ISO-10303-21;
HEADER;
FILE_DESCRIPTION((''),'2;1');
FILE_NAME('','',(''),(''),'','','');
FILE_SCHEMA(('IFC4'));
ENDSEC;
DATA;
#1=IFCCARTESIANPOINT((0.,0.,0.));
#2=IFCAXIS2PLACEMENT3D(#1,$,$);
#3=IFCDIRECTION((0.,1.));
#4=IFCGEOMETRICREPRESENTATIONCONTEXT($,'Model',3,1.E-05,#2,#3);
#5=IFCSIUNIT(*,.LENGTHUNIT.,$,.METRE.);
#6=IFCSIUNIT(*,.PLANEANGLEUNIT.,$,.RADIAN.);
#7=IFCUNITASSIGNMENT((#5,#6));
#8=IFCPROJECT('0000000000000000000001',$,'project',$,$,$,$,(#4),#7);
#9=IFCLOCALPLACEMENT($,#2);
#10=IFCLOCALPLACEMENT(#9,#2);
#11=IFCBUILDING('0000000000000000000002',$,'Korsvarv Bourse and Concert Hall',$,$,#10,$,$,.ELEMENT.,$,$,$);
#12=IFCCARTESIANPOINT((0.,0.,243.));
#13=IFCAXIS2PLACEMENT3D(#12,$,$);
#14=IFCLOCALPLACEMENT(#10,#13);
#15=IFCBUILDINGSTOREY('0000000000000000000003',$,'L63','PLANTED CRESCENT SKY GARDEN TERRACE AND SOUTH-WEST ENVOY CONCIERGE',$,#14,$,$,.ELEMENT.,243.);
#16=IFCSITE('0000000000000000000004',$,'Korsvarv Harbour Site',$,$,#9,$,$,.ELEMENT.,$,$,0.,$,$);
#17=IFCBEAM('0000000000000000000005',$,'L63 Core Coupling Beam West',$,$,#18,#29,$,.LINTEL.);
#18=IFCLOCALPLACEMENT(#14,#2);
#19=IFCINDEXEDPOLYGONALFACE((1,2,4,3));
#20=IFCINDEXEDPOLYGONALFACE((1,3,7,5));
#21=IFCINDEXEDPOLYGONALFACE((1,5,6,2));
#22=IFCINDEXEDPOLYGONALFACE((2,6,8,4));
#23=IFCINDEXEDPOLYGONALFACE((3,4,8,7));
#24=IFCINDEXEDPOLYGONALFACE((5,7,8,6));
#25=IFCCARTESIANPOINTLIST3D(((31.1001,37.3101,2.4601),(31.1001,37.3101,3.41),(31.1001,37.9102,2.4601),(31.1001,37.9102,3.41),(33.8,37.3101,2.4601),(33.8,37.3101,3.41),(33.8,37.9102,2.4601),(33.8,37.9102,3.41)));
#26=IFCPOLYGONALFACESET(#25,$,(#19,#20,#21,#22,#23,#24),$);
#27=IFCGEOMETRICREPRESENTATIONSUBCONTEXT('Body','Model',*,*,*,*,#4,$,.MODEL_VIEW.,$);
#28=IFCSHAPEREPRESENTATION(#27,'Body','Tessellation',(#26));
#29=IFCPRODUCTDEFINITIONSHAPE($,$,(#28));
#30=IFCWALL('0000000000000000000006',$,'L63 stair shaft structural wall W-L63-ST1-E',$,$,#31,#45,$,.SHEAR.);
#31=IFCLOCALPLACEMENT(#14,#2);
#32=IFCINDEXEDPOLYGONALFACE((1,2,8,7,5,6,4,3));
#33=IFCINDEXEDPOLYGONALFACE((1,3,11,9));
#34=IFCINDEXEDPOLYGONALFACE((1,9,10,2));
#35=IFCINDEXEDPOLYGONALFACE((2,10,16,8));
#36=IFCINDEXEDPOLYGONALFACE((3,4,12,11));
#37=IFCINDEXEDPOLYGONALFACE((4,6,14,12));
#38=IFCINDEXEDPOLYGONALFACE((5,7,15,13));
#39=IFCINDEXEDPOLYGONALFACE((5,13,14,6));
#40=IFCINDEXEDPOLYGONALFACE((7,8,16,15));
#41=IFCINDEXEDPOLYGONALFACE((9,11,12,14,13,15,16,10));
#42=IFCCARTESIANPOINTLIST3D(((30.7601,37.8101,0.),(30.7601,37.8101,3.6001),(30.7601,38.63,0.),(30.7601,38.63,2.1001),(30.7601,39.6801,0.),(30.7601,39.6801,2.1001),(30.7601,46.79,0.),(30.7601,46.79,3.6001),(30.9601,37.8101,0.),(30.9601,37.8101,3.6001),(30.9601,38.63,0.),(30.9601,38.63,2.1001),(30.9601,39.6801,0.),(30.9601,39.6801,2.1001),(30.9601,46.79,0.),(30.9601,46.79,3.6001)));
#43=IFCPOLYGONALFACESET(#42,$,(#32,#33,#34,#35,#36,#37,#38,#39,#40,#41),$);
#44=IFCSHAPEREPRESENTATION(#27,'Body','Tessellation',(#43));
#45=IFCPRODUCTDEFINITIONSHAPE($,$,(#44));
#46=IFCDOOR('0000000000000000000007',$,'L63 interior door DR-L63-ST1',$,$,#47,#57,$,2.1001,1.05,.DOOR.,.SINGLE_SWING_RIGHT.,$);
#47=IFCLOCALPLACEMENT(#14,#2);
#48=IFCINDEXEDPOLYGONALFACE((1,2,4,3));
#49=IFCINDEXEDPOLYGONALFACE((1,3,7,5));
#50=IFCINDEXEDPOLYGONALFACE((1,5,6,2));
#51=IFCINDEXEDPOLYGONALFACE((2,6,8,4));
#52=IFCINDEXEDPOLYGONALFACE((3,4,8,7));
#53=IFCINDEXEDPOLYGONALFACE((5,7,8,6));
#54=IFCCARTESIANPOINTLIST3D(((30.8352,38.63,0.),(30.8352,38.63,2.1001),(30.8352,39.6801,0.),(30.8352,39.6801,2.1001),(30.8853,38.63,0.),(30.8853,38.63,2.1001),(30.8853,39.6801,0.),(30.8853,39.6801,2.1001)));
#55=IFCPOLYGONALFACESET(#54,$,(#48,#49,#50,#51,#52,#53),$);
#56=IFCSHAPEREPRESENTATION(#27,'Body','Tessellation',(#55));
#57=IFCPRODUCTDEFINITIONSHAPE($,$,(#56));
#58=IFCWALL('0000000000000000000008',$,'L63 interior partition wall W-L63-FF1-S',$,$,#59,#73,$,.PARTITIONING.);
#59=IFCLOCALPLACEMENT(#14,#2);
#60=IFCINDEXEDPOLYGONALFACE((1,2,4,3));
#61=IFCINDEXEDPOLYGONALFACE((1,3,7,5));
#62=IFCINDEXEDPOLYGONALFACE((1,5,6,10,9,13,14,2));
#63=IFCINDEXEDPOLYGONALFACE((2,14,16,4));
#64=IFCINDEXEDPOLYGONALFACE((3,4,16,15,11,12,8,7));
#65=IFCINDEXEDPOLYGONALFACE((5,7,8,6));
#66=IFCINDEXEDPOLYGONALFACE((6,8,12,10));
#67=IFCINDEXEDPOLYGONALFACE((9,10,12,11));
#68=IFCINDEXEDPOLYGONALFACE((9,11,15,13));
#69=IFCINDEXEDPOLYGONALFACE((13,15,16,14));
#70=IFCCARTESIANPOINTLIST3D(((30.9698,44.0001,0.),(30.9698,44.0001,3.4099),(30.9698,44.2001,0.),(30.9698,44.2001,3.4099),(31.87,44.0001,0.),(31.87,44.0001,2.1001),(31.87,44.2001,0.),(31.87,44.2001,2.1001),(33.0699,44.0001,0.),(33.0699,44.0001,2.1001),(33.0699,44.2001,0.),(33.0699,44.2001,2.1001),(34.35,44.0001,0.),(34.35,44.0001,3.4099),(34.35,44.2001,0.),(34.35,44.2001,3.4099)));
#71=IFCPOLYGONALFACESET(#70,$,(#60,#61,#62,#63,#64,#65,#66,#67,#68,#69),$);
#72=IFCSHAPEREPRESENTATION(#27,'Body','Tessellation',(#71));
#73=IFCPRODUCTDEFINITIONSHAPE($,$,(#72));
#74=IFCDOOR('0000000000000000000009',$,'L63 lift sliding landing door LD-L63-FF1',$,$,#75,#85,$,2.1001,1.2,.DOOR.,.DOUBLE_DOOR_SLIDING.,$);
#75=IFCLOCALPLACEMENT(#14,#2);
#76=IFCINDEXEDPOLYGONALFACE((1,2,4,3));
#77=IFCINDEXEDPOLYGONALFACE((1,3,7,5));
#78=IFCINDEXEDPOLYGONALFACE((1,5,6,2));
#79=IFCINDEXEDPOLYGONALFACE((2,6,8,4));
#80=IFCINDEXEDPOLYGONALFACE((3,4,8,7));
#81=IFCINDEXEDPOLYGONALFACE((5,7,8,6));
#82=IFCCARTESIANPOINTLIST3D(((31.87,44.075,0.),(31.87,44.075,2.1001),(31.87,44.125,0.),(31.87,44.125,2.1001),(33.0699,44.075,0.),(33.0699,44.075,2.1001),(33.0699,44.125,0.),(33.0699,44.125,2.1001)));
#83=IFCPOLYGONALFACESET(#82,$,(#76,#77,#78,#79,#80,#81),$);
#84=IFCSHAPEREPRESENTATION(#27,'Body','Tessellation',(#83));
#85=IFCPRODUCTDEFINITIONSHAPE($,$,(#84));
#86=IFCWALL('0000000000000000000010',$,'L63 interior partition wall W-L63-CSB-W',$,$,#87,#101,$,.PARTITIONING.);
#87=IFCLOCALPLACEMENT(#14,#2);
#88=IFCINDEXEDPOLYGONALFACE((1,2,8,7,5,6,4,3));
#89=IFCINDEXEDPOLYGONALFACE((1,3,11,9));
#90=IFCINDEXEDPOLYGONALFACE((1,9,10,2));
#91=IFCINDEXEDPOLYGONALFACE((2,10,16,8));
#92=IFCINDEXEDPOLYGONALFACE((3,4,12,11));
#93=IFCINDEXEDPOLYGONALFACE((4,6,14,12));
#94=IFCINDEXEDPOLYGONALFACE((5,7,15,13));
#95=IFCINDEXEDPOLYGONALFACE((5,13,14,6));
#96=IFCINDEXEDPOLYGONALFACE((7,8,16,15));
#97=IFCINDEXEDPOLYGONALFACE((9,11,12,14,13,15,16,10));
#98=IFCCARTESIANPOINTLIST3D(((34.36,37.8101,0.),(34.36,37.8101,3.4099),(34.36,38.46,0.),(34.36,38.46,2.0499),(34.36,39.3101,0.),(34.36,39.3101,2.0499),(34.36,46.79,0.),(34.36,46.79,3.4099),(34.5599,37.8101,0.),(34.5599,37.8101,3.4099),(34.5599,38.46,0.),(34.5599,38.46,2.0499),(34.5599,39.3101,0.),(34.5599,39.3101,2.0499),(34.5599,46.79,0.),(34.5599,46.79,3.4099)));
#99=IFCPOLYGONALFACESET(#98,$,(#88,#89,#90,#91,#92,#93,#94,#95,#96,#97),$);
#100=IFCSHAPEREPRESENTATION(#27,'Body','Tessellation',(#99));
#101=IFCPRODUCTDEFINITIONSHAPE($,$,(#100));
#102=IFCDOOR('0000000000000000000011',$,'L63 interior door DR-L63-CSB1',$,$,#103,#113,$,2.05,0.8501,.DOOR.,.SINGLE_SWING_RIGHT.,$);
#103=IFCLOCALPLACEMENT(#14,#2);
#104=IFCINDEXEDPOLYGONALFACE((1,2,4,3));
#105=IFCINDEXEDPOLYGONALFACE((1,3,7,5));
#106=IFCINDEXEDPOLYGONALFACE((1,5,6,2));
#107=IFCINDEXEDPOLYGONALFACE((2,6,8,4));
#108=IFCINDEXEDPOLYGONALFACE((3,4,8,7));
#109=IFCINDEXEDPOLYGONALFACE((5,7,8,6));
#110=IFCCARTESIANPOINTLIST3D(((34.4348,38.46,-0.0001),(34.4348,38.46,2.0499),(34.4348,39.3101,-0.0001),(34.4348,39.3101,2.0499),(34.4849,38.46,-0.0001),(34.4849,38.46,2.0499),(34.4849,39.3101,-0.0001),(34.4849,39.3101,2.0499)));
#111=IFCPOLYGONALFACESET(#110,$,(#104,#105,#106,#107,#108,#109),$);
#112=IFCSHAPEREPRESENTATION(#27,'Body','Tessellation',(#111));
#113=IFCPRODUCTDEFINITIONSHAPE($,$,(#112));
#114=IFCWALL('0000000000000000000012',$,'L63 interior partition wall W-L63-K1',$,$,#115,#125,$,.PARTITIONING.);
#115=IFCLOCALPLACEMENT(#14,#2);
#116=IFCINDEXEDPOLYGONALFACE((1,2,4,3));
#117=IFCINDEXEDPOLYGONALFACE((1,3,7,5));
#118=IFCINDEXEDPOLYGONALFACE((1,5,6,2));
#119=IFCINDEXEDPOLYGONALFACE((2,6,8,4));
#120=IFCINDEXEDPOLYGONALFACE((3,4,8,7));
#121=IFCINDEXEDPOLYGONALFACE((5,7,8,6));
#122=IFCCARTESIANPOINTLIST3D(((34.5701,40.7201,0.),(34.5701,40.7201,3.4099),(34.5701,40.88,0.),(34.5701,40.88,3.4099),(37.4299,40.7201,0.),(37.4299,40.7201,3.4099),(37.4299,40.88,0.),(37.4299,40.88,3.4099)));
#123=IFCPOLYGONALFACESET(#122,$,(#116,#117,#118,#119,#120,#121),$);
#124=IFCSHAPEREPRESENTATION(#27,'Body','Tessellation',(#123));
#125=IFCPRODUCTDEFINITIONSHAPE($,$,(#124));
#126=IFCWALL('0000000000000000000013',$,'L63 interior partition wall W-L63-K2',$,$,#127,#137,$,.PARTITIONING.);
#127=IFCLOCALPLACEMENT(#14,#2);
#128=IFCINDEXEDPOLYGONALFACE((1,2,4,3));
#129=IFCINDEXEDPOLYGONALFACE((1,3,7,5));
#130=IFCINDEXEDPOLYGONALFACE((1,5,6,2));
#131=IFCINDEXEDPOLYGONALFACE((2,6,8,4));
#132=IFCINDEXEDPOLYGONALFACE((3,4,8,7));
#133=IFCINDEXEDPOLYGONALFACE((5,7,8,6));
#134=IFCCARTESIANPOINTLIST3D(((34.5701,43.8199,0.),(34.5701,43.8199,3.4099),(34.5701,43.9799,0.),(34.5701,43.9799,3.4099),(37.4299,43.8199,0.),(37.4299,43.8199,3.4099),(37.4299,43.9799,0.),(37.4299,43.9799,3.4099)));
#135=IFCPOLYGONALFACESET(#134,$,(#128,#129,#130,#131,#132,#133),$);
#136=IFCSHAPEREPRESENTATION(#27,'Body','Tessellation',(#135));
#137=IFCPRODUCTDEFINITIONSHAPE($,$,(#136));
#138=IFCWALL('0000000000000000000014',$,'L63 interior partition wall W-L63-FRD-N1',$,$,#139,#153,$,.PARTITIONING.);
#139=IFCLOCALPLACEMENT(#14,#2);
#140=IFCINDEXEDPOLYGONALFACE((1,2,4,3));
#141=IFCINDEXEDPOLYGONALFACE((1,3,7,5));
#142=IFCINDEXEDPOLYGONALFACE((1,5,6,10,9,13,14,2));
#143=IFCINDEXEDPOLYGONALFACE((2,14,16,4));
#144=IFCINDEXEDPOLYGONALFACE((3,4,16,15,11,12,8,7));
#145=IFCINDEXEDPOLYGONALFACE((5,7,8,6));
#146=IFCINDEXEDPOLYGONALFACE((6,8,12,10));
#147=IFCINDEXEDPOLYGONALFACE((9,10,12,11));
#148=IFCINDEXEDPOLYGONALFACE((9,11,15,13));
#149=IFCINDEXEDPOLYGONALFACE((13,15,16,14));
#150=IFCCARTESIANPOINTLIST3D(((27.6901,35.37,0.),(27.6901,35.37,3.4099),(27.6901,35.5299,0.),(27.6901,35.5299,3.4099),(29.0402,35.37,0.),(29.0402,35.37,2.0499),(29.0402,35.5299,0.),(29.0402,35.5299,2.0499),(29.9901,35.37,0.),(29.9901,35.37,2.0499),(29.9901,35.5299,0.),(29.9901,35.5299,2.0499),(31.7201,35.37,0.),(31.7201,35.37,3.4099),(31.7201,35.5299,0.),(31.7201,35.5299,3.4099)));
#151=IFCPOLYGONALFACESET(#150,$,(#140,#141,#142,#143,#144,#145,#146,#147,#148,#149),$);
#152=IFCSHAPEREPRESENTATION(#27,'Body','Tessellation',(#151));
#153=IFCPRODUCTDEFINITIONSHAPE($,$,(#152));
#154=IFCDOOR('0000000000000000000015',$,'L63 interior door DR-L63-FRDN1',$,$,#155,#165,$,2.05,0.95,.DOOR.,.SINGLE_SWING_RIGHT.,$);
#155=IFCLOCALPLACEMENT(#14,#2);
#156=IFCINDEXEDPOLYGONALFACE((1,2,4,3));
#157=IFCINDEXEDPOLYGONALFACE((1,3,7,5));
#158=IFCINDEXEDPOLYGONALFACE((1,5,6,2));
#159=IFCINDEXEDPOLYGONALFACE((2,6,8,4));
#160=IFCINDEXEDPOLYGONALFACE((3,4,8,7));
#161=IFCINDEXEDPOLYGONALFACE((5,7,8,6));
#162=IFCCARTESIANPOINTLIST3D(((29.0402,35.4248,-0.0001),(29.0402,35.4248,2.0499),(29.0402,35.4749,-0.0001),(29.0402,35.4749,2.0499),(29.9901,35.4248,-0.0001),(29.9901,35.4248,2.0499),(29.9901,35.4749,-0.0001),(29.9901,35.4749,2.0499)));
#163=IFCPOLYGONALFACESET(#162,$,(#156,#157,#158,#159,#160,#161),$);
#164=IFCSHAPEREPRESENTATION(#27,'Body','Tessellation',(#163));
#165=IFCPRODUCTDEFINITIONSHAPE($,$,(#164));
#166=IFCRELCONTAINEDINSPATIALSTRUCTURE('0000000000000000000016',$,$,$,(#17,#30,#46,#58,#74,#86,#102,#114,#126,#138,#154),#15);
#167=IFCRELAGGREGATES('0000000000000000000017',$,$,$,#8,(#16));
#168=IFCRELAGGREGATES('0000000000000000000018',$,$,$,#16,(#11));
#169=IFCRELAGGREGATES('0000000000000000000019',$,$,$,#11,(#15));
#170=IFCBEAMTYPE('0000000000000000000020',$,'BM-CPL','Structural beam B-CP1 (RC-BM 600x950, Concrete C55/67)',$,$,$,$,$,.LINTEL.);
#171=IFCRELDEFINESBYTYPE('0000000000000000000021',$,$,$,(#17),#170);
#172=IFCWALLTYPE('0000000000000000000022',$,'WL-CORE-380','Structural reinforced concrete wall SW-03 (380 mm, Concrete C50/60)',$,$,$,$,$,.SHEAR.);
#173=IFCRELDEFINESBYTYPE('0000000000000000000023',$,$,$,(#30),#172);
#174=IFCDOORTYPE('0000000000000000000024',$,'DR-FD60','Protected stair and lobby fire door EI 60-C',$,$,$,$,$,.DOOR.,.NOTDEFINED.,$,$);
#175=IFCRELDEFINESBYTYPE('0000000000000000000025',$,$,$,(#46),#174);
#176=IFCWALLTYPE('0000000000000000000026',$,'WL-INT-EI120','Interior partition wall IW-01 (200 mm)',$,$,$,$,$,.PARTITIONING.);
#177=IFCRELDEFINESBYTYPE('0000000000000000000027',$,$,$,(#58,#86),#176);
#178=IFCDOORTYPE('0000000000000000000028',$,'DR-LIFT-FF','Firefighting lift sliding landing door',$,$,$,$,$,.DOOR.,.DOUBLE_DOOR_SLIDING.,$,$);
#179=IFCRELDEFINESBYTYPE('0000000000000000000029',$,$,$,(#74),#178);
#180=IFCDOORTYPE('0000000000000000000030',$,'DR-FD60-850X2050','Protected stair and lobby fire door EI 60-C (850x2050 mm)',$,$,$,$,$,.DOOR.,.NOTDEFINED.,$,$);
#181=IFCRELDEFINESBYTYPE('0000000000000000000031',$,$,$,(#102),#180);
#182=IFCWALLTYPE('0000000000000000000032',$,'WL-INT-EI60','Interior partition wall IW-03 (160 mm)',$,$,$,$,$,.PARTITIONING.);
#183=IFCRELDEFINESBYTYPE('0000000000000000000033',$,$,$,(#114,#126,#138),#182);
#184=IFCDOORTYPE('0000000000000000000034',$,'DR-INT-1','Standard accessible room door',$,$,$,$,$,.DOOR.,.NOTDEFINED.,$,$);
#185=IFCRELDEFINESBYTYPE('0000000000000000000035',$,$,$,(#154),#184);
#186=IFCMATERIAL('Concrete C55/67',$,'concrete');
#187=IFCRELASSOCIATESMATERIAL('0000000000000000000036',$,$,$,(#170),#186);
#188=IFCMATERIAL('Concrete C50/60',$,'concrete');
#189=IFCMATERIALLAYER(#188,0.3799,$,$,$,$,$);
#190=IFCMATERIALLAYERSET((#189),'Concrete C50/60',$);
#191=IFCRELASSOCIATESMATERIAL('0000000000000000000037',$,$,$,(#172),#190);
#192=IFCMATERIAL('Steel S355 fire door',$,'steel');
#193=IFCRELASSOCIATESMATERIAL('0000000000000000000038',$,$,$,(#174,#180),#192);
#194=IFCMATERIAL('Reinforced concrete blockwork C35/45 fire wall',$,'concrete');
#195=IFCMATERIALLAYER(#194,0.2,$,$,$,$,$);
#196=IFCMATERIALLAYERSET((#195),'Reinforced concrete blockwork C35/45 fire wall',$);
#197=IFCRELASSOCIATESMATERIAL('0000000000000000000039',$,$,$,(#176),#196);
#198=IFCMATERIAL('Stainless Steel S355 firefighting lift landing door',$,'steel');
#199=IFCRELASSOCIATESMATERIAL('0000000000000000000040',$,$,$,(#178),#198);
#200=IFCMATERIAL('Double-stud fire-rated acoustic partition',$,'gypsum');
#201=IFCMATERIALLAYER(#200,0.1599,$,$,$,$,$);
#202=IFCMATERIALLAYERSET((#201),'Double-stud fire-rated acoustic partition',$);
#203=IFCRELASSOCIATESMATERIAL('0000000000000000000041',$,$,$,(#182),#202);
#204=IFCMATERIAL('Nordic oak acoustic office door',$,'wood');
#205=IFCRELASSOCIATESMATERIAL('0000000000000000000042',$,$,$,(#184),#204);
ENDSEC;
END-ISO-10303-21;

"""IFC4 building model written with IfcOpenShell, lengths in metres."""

from ifc_helpers import new_model, si_unit, direction, frame, frame_2d, origin, origin_2d, place, context, subcontext, project, spatial, rectangle, extrude, source, transform, mapped, material, layer, layer_set, material_profile, profile_set, type_object, element, fill, save


model = new_model("IFC4")

# Units and contexts
model_context = context("Model", 3, precision=1e-05, world=origin(), true_north=direction((0.0, 1.0)))
body_context = subcontext(model_context, "Body", "Model", "MODEL_VIEW")
ifc_project = project(units=[si_unit("LENGTHUNIT", "METRE"), si_unit("PLANEANGLEUNIT", "RADIAN")], contexts=[model_context])

# Site, building, storey
site_placement = place(None, origin())
site = spatial("IfcSite", under=ifc_project, at=site_placement, Name="Korsvarv Harbour Site", CompositionType="ELEMENT", RefElevation=0.0)
building_placement = place(site_placement, origin())
building = spatial("IfcBuilding", under=site, at=building_placement, Name="Korsvarv Bourse and Concert Hall", CompositionType="ELEMENT")
storey_placement = place(building_placement, frame((0.0, 0.0, 243.0)))
storey = spatial("IfcBuildingStorey", under=building, at=storey_placement, Name="L63", Description="PLANTED CRESCENT SKY GARDEN TERRACE AND SOUTH-WEST ENVOY CONCIERGE", CompositionType="ELEMENT", Elevation=243.0)

# Beam
ifc_material_1 = material(Name="Concrete C55/67", Category="concrete")
ifc_material_profile = material_profile(ifc_material_1, rectangle(XDim=0.6001, YDim=0.95, at=origin_2d()), Name="RC-BM 600x950")
ifc_profile_set = profile_set([ifc_material_profile], Name="Concrete C55/67")
beam_type = type_object("IfcBeamType", Name="BM-CPL", Description="Structural beam B-CP1 (RC-BM 600x950, Concrete C55/67)", PredefinedType="LINTEL", material=ifc_profile_set)
shared_shape = source(origin(), body_context, "Body", "SweptSolid", [
    extrude(rectangle(XDim=0.6001, YDim=0.95, at=origin_2d()), origin(), (0.0, 0.0, 1.0), 2.7),
])
beam_placement = place(storey_placement, frame((31.1001, 37.6101, 2.9351), z_axis=(1.0, 0.0, 0.0), x_axis=(0.0, 1.0, 0.0)))
element("IfcBeam", 1, at=beam_placement, inside=storey, type_object=beam_type, Name="L63 Core Coupling Beam West", PredefinedType="LINTEL", context=body_context, shape_type="MappedRepresentation", body=[
    mapped(shared_shape, transform((0.0, 0.0, 0.0), scale=1.0)),
])

# Walls, openings, doors
ifc_material_2 = material(Name="Concrete C50/60", Category="concrete")
ifc_layer_1 = layer(ifc_material_2, 0.3799)
ifc_layer_set_1 = layer_set([ifc_layer_1], Name="Concrete C50/60")
wall_type_1 = type_object("IfcWallType", Name="WL-CORE-380", Description="Structural reinforced concrete wall SW-03 (380 mm, Concrete C50/60)", PredefinedType="SHEAR", material=ifc_layer_set_1)
wall_1_placement = place(storey_placement, frame((30.8601, 37.8101, 0.0), z_axis=(0.0, 0.0, 1.0), x_axis=(0.0, 1.0, 0.0)))
wall_1 = element("IfcWall", 2, at=wall_1_placement, inside=storey, type_object=wall_type_1, Name="L63 stair shaft structural wall W-L63-ST1-E", PredefinedType="SHEAR", context=body_context, shape_type="SweptSolid", body=[
    extrude(rectangle(XDim=8.98, YDim=0.2, at=frame_2d((4.49, 0.0))), origin(), (0.0, 0.0, 1.0), 3.6001),
])
opening_1_placement = place(wall_1_placement, frame((0.8201, 0.0, 0.0)))
opening_1 = element("IfcOpeningElement", 3, at=opening_1_placement, cuts=wall_1, PredefinedType="OPENING", context=body_context, shape_type="SweptSolid", body=[
    extrude(rectangle(XDim=1.05, YDim=2.1001, at=frame_2d((0.5249, 1.05))), frame((0.0, 0.1099, 0.0), z_axis=(0.0, -1.0, 0.0), x_axis=(1.0, 0.0, 0.0)), (0.0, 0.0, 1.0), 0.22),
])
ifc_material_3 = material(Name="Steel S355 fire door", Category="steel")
door_type_1 = type_object("IfcDoorType", Name="DR-FD60", Description="Protected stair and lobby fire door EI 60-C", OperationType="NOTDEFINED", PredefinedType="DOOR", material=ifc_material_3)
door_1_placement = place(opening_1_placement, origin())
door_1 = element("IfcDoor", 4, at=door_1_placement, inside=storey, type_object=door_type_1, Name="L63 interior door DR-L63-ST1", OperationType="SINGLE_SWING_RIGHT", OverallHeight=2.1001, OverallWidth=1.05, PredefinedType="DOOR", context=body_context, shape_type="SweptSolid", body=[
    extrude(rectangle(XDim=1.05, YDim=2.1001, at=frame_2d((0.5249, 1.05))), frame((0.0, 0.0249, 0.0), z_axis=(0.0, -1.0, 0.0), x_axis=(1.0, 0.0, 0.0)), (0.0, 0.0, 1.0), 0.05),
])
fill(opening_1, door_1)
ifc_material_4 = material(Name="Reinforced concrete blockwork C35/45 fire wall", Category="concrete")
ifc_layer_2 = layer(ifc_material_4, 0.2)
ifc_layer_set_2 = layer_set([ifc_layer_2], Name="Reinforced concrete blockwork C35/45 fire wall")
wall_type_2 = type_object("IfcWallType", Name="WL-INT-EI120", Description="Interior partition wall IW-01 (200 mm)", PredefinedType="PARTITIONING", material=ifc_layer_set_2)
wall_2_placement = place(storey_placement, frame((30.97, 44.1001, 0.0), z_axis=(0.0, 0.0, 1.0), x_axis=(1.0, 0.0, 0.0)))
wall_2 = element("IfcWall", 5, at=wall_2_placement, inside=storey, type_object=wall_type_2, Name="L63 interior partition wall W-L63-FF1-S", PredefinedType="PARTITIONING", context=body_context, shape_type="SweptSolid", body=[
    extrude(rectangle(XDim=3.3801, YDim=0.2, at=frame_2d((1.6899, 0.0))), origin(), (0.0, 0.0, 1.0), 3.4099),
])
opening_2_placement = place(wall_2_placement, frame((0.8999, 0.0, 0.0)))
opening_2 = element("IfcOpeningElement", 6, at=opening_2_placement, cuts=wall_2, PredefinedType="OPENING", context=body_context, shape_type="SweptSolid", body=[
    extrude(rectangle(XDim=1.2, YDim=2.1001, at=frame_2d((0.6001, 1.05))), frame((0.0, 0.1099, 0.0), z_axis=(0.0, -1.0, 0.0), x_axis=(1.0, 0.0, 0.0)), (0.0, 0.0, 1.0), 0.22),
])
ifc_material_5 = material(Name="Stainless Steel S355 firefighting lift landing door", Category="steel")
door_type_2 = type_object("IfcDoorType", Name="DR-LIFT-FF", Description="Firefighting lift sliding landing door", OperationType="DOUBLE_DOOR_SLIDING", PredefinedType="DOOR", material=ifc_material_5)
door_2_placement = place(opening_2_placement, origin())
door_2 = element("IfcDoor", 7, at=door_2_placement, inside=storey, type_object=door_type_2, Name="L63 lift sliding landing door LD-L63-FF1", OperationType="DOUBLE_DOOR_SLIDING", OverallHeight=2.1001, OverallWidth=1.2, PredefinedType="DOOR", context=body_context, shape_type="SweptSolid", body=[
    extrude(rectangle(XDim=1.2, YDim=2.1001, at=frame_2d((0.6001, 1.05))), frame((0.0, 0.0249, 0.0), z_axis=(0.0, -1.0, 0.0), x_axis=(1.0, 0.0, 0.0)), (0.0, 0.0, 1.0), 0.05),
])
fill(opening_2, door_2)
wall_3_placement = place(storey_placement, frame((34.46, 37.8101, 0.0), z_axis=(0.0, 0.0, 1.0), x_axis=(0.0, 1.0, 0.0)))
wall_3 = element("IfcWall", 8, at=wall_3_placement, inside=storey, type_object=wall_type_2, Name="L63 interior partition wall W-L63-CSB-W", PredefinedType="PARTITIONING", context=body_context, shape_type="SweptSolid", body=[
    extrude(rectangle(XDim=8.98, YDim=0.2, at=frame_2d((4.49, 0.0))), origin(), (0.0, 0.0, 1.0), 3.4099),
])
opening_3_placement = place(wall_3_placement, frame((0.6499, 0.0, 0.0)))
opening_3 = element("IfcOpeningElement", 9, at=opening_3_placement, cuts=wall_3, PredefinedType="OPENING", context=body_context, shape_type="SweptSolid", body=[
    extrude(rectangle(XDim=0.8501, YDim=2.05, at=frame_2d((0.425, 1.0249))), frame((0.0, 0.1099, 0.0), z_axis=(0.0, -1.0, 0.0), x_axis=(1.0, 0.0, 0.0)), (0.0, 0.0, 1.0), 0.22),
])
door_type_3 = type_object("IfcDoorType", Name="DR-FD60-850X2050", Description="Protected stair and lobby fire door EI 60-C (850x2050 mm)", OperationType="NOTDEFINED", PredefinedType="DOOR", material=ifc_material_3)
door_3_placement = place(opening_3_placement, frame((0.8501, 0.0, 0.0), z_axis=(0.0, 0.0, 1.0), x_axis=(-1.0, 0.0, 0.0)))
door_3 = element("IfcDoor", 10, at=door_3_placement, inside=storey, type_object=door_type_3, Name="L63 interior door DR-L63-CSB1", OperationType="SINGLE_SWING_RIGHT", OverallHeight=2.05, OverallWidth=0.8501, PredefinedType="DOOR", context=body_context, shape_type="SweptSolid", body=[
    extrude(rectangle(XDim=0.8501, YDim=2.05, at=frame_2d((0.425, 1.0249))), frame((0.0, 0.0249, 0.0), z_axis=(0.0, -1.0, 0.0), x_axis=(1.0, 0.0, 0.0)), (0.0, 0.0, 1.0), 0.05),
])
fill(opening_3, door_3)

# Walls
ifc_material_6 = material(Name="Double-stud fire-rated acoustic partition", Category="gypsum")
ifc_layer_3 = layer(ifc_material_6, 0.1599)
ifc_layer_set_3 = layer_set([ifc_layer_3], Name="Double-stud fire-rated acoustic partition")
wall_type_3 = type_object("IfcWallType", Name="WL-INT-EI60", Description="Interior partition wall IW-03 (160 mm)", PredefinedType="PARTITIONING", material=ifc_layer_set_3)
for number, where, z_axis, x_axis, name in (
    (11, (34.5701, 40.8, 0.0), (0.0, 0.0, 1.0), (1.0, 0.0, 0.0), "L63 interior partition wall W-L63-K1"),
    (12, (34.5701, 43.8999, 0.0), (0.0, 0.0, 1.0), (1.0, 0.0, 0.0), "L63 interior partition wall W-L63-K2"),
):
    element("IfcWall", number, at=place(storey_placement, frame(where, z_axis=z_axis, x_axis=x_axis)), inside=storey, type_object=wall_type_3, Name=name, PredefinedType="PARTITIONING", context=body_context, shape_type="SweptSolid", body=[
        extrude(rectangle(XDim=2.8599, YDim=0.1599, at=frame_2d((1.4299, 0.0))), origin(), (0.0, 0.0, 1.0), 3.4099),
    ])

# Wall, opening, door
wall_4_placement = place(storey_placement, frame((27.6899, 35.45, 0.0), z_axis=(0.0, 0.0, 1.0), x_axis=(1.0, 0.0, 0.0)))
wall_4 = element("IfcWall", 13, at=wall_4_placement, inside=storey, type_object=wall_type_3, Name="L63 interior partition wall W-L63-FRD-N1", PredefinedType="PARTITIONING", context=body_context, shape_type="SweptSolid", body=[
    extrude(rectangle(XDim=4.03, YDim=0.1599, at=frame_2d((2.0151, 0.0))), origin(), (0.0, 0.0, 1.0), 3.4099),
])
opening_4_placement = place(wall_4_placement, frame((1.3501, 0.0, 0.0)))
opening_4 = element("IfcOpeningElement", 14, at=opening_4_placement, cuts=wall_4, PredefinedType="OPENING", context=body_context, shape_type="SweptSolid", body=[
    extrude(rectangle(XDim=0.95, YDim=2.05, at=frame_2d((0.4751, 1.0249))), frame((0.0, 0.0898, 0.0), z_axis=(0.0, -1.0, 0.0), x_axis=(1.0, 0.0, 0.0)), (0.0, 0.0, 1.0), 0.1799),
])
ifc_material_7 = material(Name="Nordic oak acoustic office door", Category="wood")
door_type_4 = type_object("IfcDoorType", Name="DR-INT-1", Description="Standard accessible room door", OperationType="NOTDEFINED", PredefinedType="DOOR", material=ifc_material_7)
door_4_placement = place(opening_4_placement, origin())
door_4 = element("IfcDoor", 15, at=door_4_placement, inside=storey, type_object=door_type_4, Name="L63 interior door DR-L63-FRDN1", OperationType="SINGLE_SWING_RIGHT", OverallHeight=2.05, OverallWidth=0.95, PredefinedType="DOOR", context=body_context, shape_type="SweptSolid", body=[
    extrude(rectangle(XDim=0.95, YDim=2.05, at=frame_2d((0.4751, 1.0249))), frame((0.0, 0.0249, 0.0), z_axis=(0.0, -1.0, 0.0), x_axis=(1.0, 0.0, 0.0)), (0.0, 0.0, 1.0), 0.05),
])
fill(opening_4, door_4)

save(model, "model.ifc")
